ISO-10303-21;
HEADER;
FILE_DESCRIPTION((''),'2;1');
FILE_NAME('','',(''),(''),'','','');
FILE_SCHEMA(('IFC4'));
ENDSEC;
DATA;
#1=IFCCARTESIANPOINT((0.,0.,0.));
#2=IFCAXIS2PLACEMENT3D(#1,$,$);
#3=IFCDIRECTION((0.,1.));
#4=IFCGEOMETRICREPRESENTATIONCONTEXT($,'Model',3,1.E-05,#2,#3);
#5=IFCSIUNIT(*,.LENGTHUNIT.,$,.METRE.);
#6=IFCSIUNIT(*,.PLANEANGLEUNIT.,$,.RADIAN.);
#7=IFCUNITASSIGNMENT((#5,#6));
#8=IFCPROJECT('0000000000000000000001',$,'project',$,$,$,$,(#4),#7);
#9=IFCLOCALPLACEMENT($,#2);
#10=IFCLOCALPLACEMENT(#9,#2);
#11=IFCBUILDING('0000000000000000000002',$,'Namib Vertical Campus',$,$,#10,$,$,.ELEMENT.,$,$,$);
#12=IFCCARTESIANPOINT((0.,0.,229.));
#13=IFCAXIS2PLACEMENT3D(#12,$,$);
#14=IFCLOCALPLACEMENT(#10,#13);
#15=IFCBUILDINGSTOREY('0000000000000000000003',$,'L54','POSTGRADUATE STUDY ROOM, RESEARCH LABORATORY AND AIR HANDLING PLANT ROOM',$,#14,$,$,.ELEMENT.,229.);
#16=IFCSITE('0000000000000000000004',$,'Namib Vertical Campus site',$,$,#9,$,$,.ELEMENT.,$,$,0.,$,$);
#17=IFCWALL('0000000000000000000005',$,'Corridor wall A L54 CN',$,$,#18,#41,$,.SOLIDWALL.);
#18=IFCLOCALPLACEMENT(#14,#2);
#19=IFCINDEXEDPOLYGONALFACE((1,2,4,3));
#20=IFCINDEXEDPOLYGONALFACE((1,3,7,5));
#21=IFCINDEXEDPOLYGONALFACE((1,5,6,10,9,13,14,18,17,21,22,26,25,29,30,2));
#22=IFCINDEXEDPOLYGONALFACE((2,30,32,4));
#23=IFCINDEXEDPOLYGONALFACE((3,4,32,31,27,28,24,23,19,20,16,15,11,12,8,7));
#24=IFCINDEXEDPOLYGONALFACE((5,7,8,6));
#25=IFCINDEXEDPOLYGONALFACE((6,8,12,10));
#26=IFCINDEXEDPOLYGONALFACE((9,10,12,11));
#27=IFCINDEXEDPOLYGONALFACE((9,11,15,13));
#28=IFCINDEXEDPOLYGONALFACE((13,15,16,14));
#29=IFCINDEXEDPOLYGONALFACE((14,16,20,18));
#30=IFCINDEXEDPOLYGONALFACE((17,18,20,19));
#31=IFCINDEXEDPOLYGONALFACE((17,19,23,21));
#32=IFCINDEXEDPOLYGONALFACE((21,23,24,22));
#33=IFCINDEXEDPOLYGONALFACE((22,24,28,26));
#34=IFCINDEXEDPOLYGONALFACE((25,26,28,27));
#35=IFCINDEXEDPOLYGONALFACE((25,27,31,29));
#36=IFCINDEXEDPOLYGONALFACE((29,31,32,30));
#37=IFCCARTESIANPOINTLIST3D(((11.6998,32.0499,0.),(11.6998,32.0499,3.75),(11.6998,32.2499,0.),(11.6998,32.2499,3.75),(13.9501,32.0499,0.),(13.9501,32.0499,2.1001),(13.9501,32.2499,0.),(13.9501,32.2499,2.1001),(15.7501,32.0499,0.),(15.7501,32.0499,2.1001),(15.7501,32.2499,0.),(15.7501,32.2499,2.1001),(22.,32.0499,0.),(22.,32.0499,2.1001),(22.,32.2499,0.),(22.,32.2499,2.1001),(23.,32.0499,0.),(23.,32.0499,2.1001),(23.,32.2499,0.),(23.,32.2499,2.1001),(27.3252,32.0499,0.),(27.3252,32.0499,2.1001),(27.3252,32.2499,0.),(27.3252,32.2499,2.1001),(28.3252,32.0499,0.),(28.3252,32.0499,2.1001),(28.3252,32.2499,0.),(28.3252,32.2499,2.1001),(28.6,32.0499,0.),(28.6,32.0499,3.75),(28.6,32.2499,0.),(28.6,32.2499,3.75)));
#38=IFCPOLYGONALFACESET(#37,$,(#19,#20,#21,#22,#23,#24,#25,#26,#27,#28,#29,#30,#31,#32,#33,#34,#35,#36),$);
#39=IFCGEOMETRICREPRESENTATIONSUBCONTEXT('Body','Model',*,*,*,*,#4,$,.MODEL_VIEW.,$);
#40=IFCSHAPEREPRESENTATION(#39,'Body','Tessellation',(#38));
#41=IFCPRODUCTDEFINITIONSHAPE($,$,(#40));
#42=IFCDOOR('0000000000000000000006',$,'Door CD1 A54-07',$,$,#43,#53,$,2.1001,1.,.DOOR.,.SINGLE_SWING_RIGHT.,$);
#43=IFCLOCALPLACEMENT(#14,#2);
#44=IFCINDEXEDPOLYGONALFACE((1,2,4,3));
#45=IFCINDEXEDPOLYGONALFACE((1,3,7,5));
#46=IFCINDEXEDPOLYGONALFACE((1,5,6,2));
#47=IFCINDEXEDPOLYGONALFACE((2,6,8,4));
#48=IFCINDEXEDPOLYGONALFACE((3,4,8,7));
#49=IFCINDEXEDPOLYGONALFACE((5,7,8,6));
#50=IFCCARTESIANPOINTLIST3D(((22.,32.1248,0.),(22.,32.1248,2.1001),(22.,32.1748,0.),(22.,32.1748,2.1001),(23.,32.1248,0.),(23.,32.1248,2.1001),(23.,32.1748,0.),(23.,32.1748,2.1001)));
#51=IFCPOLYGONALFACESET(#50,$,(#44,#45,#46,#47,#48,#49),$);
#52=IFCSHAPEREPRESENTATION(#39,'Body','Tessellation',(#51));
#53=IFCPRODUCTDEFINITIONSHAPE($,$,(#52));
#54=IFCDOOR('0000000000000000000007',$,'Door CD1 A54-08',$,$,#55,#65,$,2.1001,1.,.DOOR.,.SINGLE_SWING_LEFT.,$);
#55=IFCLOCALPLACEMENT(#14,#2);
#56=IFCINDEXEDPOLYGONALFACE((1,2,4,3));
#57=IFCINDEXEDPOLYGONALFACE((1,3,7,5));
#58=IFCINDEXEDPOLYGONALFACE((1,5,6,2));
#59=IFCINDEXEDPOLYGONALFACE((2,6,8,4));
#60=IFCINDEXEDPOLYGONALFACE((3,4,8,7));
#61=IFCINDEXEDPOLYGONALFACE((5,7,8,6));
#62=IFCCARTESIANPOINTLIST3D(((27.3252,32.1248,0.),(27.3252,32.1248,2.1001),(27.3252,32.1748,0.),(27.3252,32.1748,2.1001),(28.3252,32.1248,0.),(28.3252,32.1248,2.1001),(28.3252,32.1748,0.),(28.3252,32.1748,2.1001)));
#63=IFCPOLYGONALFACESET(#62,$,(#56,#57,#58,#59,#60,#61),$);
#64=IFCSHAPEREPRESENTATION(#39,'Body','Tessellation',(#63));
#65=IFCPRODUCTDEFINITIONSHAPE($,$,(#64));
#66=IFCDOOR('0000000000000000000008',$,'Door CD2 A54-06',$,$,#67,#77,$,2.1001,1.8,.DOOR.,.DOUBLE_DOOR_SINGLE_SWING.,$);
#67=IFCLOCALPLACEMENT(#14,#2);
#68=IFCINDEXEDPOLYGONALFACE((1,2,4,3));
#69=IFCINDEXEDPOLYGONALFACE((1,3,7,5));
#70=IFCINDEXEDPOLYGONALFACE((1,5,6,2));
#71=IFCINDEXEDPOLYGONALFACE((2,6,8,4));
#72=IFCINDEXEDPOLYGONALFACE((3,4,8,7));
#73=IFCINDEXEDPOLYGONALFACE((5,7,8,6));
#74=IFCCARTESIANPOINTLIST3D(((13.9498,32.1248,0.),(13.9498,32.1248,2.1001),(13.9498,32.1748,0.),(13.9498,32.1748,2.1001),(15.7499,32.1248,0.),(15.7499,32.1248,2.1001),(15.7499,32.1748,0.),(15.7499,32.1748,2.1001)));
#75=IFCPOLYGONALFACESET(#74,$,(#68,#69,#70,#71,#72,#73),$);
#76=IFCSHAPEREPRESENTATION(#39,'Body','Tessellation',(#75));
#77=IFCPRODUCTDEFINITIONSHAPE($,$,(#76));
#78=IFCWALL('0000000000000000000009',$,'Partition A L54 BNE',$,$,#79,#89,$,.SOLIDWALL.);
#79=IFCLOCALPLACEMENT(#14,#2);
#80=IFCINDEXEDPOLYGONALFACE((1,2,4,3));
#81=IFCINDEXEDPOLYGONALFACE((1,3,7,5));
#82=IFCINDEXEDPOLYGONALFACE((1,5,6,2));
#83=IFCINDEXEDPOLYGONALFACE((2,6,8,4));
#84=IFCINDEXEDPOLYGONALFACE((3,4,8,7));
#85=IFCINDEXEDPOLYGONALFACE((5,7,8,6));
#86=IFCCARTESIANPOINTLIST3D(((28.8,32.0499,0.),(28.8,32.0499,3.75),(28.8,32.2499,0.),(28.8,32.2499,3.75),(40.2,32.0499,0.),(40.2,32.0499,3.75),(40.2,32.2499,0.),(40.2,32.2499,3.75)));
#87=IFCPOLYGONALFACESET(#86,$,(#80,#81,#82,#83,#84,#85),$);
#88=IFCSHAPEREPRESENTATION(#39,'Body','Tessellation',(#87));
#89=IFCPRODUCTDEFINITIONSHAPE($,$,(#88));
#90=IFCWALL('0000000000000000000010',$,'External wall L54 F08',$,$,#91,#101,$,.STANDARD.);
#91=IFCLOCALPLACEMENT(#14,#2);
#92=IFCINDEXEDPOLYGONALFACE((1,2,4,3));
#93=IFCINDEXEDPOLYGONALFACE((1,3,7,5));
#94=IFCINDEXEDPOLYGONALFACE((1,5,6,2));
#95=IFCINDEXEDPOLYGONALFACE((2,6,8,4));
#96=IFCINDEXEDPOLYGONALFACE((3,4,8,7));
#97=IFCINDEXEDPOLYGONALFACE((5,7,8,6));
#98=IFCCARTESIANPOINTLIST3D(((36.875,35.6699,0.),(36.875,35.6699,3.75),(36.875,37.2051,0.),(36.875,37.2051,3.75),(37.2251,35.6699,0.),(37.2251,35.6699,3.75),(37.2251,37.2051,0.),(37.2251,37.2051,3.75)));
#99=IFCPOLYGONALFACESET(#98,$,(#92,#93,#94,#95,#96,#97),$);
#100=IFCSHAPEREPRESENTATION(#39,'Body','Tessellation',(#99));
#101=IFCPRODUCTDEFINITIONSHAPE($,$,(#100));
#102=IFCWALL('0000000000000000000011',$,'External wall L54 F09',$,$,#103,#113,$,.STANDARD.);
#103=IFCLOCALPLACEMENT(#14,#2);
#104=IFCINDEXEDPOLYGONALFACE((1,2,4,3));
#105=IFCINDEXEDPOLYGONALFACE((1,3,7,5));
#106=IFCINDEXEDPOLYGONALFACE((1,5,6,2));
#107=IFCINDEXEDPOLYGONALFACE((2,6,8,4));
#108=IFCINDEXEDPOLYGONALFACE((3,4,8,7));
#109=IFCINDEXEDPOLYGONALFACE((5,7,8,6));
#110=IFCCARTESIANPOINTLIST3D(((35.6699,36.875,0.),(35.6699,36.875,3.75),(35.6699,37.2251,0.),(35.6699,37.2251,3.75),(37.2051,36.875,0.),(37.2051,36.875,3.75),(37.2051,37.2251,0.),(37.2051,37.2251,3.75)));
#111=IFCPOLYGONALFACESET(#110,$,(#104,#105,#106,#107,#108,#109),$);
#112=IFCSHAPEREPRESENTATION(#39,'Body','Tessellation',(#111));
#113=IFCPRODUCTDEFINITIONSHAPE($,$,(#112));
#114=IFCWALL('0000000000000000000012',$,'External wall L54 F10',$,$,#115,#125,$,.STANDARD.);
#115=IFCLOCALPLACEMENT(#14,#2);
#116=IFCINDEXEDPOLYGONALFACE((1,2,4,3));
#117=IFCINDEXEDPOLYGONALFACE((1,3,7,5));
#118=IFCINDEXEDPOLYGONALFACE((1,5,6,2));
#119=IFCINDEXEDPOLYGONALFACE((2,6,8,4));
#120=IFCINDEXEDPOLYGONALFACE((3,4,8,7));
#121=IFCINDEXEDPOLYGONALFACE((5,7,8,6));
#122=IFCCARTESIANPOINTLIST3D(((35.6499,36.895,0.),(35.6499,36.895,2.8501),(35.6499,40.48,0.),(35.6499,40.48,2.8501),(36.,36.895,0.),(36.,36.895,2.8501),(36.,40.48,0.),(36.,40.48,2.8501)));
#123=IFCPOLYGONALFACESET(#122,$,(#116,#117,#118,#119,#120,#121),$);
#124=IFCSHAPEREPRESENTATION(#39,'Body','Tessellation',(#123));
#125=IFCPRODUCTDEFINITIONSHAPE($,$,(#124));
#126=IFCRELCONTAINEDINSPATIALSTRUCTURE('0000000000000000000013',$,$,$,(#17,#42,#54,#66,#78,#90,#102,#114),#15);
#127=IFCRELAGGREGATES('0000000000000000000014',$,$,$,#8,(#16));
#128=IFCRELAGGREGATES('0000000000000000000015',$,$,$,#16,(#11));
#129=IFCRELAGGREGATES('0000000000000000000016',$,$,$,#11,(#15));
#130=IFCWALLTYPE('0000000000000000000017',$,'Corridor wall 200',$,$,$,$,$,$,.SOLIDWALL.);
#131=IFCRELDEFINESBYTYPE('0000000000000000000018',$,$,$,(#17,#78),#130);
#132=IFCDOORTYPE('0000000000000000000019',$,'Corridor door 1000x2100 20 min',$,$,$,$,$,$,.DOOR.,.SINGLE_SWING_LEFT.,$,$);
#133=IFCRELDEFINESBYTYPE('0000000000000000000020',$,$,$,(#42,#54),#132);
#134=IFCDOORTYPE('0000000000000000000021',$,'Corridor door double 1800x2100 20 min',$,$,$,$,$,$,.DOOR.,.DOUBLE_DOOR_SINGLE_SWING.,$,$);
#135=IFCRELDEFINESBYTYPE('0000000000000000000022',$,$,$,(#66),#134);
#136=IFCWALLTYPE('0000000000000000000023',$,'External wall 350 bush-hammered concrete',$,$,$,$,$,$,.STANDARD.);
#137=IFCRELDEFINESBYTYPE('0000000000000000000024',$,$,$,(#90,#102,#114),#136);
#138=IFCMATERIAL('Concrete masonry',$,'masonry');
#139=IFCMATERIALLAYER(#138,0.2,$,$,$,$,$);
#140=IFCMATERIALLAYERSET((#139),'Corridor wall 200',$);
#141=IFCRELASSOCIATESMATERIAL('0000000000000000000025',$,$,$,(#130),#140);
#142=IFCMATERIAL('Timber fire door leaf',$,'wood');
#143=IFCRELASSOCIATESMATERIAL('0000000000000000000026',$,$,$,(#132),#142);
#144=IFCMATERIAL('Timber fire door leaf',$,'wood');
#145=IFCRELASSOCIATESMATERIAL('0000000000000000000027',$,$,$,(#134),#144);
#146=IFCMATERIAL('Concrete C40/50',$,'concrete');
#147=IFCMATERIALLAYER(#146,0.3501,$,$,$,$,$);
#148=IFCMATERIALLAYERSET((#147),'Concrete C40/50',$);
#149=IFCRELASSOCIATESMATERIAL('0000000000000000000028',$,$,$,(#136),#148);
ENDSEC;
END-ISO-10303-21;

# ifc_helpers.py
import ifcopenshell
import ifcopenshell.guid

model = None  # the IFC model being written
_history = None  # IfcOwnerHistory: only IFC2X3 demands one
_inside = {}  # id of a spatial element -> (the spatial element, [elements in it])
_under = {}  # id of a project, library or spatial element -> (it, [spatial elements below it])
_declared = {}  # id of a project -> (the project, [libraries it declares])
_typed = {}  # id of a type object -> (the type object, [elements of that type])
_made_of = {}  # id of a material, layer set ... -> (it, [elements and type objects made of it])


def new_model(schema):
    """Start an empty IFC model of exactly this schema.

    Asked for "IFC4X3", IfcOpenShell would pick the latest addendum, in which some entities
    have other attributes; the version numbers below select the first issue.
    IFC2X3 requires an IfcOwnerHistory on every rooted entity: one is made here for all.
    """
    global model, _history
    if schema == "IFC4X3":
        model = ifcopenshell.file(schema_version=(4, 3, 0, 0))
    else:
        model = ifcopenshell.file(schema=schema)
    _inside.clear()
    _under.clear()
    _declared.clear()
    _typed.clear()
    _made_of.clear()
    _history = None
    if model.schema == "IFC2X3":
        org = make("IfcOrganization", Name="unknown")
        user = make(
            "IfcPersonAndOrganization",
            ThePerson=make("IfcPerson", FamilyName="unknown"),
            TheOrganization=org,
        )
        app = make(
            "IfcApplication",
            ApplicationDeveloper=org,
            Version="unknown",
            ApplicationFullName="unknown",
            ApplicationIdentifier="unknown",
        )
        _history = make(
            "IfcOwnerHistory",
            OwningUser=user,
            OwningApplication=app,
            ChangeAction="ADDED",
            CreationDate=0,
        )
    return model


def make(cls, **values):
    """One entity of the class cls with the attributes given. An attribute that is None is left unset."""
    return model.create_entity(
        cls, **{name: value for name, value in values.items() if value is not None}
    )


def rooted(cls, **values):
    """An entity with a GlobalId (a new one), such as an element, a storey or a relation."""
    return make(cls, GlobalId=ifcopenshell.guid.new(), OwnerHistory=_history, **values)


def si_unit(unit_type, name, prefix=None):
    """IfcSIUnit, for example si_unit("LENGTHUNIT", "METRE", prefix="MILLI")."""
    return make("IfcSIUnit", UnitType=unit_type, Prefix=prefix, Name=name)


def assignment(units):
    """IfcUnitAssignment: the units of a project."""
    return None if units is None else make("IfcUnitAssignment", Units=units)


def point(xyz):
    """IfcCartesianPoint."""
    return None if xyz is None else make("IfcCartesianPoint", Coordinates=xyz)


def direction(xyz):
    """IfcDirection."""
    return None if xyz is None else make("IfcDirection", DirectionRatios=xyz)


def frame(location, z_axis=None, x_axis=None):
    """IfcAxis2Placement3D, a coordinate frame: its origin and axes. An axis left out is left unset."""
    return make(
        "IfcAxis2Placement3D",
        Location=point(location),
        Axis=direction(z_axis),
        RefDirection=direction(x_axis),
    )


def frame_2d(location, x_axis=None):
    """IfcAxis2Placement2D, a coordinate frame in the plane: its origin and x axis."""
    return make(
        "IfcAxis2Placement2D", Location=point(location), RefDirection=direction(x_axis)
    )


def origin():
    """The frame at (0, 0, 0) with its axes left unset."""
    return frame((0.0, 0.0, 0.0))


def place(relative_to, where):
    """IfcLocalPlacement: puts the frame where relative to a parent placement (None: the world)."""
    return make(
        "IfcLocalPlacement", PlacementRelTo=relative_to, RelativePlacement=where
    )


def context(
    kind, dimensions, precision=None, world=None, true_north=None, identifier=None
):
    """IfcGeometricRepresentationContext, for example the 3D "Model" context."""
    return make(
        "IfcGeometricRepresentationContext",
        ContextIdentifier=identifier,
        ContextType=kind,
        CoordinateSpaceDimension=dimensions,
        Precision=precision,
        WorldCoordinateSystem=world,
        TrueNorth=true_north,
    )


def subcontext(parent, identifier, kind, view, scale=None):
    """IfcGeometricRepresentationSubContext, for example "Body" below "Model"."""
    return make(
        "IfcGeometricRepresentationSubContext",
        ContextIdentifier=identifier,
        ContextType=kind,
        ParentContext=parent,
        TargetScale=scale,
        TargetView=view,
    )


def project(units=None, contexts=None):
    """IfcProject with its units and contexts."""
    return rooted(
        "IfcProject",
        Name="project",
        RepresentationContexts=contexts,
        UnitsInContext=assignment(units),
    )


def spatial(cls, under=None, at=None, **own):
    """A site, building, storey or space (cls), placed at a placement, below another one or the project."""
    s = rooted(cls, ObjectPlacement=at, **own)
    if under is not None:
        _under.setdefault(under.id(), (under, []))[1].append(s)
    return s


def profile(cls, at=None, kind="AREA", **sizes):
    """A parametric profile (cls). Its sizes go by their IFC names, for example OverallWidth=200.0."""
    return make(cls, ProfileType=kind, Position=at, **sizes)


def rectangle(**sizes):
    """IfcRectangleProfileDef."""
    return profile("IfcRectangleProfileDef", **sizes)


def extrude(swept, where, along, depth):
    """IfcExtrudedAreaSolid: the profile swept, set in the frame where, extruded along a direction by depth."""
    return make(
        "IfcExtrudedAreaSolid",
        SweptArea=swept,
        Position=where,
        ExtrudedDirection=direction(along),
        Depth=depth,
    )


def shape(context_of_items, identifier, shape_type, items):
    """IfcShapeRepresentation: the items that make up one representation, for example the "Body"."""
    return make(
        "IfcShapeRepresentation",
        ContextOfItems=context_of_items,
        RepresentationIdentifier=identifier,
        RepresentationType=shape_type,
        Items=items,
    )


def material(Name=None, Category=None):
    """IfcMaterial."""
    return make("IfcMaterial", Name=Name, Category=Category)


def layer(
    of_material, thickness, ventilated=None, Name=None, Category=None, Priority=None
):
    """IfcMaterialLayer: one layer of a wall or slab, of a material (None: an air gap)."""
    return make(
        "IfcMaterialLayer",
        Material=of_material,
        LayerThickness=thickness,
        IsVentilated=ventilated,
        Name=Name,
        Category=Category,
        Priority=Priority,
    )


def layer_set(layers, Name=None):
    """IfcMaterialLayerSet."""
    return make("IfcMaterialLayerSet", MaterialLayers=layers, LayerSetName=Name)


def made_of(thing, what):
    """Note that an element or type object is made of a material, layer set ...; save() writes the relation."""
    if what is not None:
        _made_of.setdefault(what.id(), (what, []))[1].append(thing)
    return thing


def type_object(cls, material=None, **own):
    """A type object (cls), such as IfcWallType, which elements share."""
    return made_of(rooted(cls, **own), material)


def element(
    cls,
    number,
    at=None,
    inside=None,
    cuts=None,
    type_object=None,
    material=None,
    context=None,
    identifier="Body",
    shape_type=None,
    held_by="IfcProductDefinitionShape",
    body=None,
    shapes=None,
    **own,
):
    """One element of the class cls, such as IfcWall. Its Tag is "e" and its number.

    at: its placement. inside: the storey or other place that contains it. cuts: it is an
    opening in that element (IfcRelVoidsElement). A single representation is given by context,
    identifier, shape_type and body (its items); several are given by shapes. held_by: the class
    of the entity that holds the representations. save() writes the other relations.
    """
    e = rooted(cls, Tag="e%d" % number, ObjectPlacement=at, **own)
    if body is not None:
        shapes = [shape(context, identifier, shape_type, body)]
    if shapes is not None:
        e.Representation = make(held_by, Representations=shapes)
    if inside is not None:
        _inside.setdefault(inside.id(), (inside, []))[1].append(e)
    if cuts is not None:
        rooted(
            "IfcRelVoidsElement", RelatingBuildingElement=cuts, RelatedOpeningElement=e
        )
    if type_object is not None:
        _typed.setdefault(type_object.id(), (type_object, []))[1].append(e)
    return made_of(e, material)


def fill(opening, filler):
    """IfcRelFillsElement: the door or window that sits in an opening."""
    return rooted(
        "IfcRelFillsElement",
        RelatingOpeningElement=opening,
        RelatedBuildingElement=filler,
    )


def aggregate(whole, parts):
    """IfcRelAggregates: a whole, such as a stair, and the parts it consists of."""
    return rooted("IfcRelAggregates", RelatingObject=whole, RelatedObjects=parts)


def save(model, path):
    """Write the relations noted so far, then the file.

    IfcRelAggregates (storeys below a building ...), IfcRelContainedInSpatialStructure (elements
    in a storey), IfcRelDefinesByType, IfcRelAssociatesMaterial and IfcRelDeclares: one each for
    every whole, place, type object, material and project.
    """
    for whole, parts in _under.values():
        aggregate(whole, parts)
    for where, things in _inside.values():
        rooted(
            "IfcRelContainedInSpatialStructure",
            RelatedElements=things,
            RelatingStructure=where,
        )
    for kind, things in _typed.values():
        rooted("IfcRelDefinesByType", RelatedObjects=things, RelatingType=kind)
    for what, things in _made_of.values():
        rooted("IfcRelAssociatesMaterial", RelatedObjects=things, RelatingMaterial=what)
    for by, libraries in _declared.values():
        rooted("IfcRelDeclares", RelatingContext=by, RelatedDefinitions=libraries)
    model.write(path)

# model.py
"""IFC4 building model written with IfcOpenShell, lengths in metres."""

from ifc_helpers import new_model, si_unit, direction, frame, frame_2d, origin, place, context, subcontext, project, spatial, rectangle, extrude, material, layer, layer_set, type_object, element, fill, save


model = new_model("IFC4")

# Units and contexts
model_context = context("Model", 3, precision=1e-05, world=origin(), true_north=direction((0.0, 1.0)))
body_context = subcontext(model_context, "Body", "Model", "MODEL_VIEW")
ifc_project = project(units=[si_unit("LENGTHUNIT", "METRE"), si_unit("PLANEANGLEUNIT", "RADIAN")], contexts=[model_context])

# Site, building, storey
site_placement = place(None, origin())
site = spatial("IfcSite", under=ifc_project, at=site_placement, Name="Namib Vertical Campus site", CompositionType="ELEMENT", RefElevation=0.0)
building_placement = place(site_placement, origin())
building = spatial("IfcBuilding", under=site, at=building_placement, Name="Namib Vertical Campus", CompositionType="ELEMENT")
storey_placement = place(building_placement, frame((0.0, 0.0, 229.0)))
storey = spatial("IfcBuildingStorey", under=building, at=storey_placement, Name="L54", Description="POSTGRADUATE STUDY ROOM, RESEARCH LABORATORY AND AIR HANDLING PLANT ROOM", CompositionType="ELEMENT", Elevation=229.0)

# Wall, openings, doors
ifc_material_1 = material(Name="Concrete masonry", Category="masonry")
ifc_layer_1 = layer(ifc_material_1, 0.2)
ifc_layer_set_1 = layer_set([ifc_layer_1], Name="Corridor wall 200")
wall_type_1 = type_object("IfcWallType", Name="Corridor wall 200", PredefinedType="SOLIDWALL", material=ifc_layer_set_1)
wall_1_placement = place(storey_placement, frame((28.6001, 32.1499, 0.0), z_axis=(0.0, 0.0, 1.0), x_axis=(-1.0, 0.0, 0.0)))
wall_1 = element("IfcWall", 1, at=wall_1_placement, inside=storey, type_object=wall_type_1, Name="Corridor wall A L54 CN", PredefinedType="SOLIDWALL", context=body_context, shape_type="SweptSolid", body=[
    extrude(rectangle(XDim=16.9001, YDim=0.2, at=frame_2d((8.4502, 0.0))), origin(), (0.0, 0.0, 1.0), 3.75),
])
opening_1_placement = place(wall_1_placement, frame((12.8501, 0.0, 0.0)))
opening_1 = element("IfcOpeningElement", 2, at=opening_1_placement, cuts=wall_1, PredefinedType="OPENING", context=body_context, shape_type="SweptSolid", body=[
    extrude(rectangle(XDim=1.8, YDim=2.1001, at=frame_2d((0.8999, 1.05))), frame((0.0, 0.1099, 0.0), z_axis=(0.0, -1.0, 0.0), x_axis=(1.0, 0.0, 0.0)), (0.0, 0.0, 1.0), 0.22),
])
opening_2_placement = place(wall_1_placement, frame((5.6001, 0.0, 0.0)))
opening_2 = element("IfcOpeningElement", 3, at=opening_2_placement, cuts=wall_1, PredefinedType="OPENING", context=body_context, shape_type="SweptSolid", body=[
    extrude(rectangle(XDim=1.0, YDim=2.1001, at=frame_2d((0.5, 1.05))), frame((0.0, 0.1099, 0.0), z_axis=(0.0, -1.0, 0.0), x_axis=(1.0, 0.0, 0.0)), (0.0, 0.0, 1.0), 0.22),
])
opening_3_placement = place(wall_1_placement, frame((0.2749, 0.0, 0.0)))
opening_3 = element("IfcOpeningElement", 4, at=opening_3_placement, cuts=wall_1, PredefinedType="OPENING", context=body_context, shape_type="SweptSolid", body=[
    extrude(rectangle(XDim=1.0, YDim=2.1001, at=frame_2d((0.5, 1.05))), frame((0.0, 0.1099, 0.0), z_axis=(0.0, -1.0, 0.0), x_axis=(1.0, 0.0, 0.0)), (0.0, 0.0, 1.0), 0.22),
])
ifc_material_2 = material(Name="Timber fire door leaf", Category="wood")
door_type_1 = type_object("IfcDoorType", Name="Corridor door 1000x2100 20 min", OperationType="SINGLE_SWING_LEFT", PredefinedType="DOOR", material=ifc_material_2)
door_1_placement = place(opening_2_placement, frame((1.0, 0.0, 0.0), z_axis=(0.0, 0.0, 1.0), x_axis=(-1.0, 0.0, 0.0)))
door_1 = element("IfcDoor", 5, at=door_1_placement, inside=storey, type_object=door_type_1, Name="Door CD1 A54-07", OperationType="SINGLE_SWING_RIGHT", OverallHeight=2.1001, OverallWidth=1.0, PredefinedType="DOOR", context=body_context, shape_type="SweptSolid", body=[
    extrude(rectangle(XDim=1.0, YDim=2.1001, at=frame_2d((0.5, 1.05))), frame((0.0, 0.0249, 0.0), z_axis=(0.0, -1.0, 0.0), x_axis=(1.0, 0.0, 0.0)), (0.0, 0.0, 1.0), 0.05),
])
fill(opening_2, door_1)
door_2_placement = place(opening_3_placement, frame((1.0, 0.0, 0.0), z_axis=(0.0, 0.0, 1.0), x_axis=(-1.0, 0.0, 0.0)))
door_2 = element("IfcDoor", 6, at=door_2_placement, inside=storey, type_object=door_type_1, Name="Door CD1 A54-08", OperationType="SINGLE_SWING_LEFT", OverallHeight=2.1001, OverallWidth=1.0, PredefinedType="DOOR", context=body_context, shape_type="SweptSolid", body=[
    extrude(rectangle(XDim=1.0, YDim=2.1001, at=frame_2d((0.5, 1.05))), frame((0.0, 0.0249, 0.0), z_axis=(0.0, -1.0, 0.0), x_axis=(1.0, 0.0, 0.0)), (0.0, 0.0, 1.0), 0.05),
])
fill(opening_3, door_2)
ifc_material_3 = material(Name="Timber fire door leaf", Category="wood")
door_type_2 = type_object("IfcDoorType", Name="Corridor door double 1800x2100 20 min", OperationType="DOUBLE_DOOR_SINGLE_SWING", PredefinedType="DOOR", material=ifc_material_3)
door_3_placement = place(opening_1_placement, frame((1.8, 0.0, 0.0), z_axis=(0.0, 0.0, 1.0), x_axis=(-1.0, 0.0, 0.0)))
door_3 = element("IfcDoor", 7, at=door_3_placement, inside=storey, type_object=door_type_2, Name="Door CD2 A54-06", OperationType="DOUBLE_DOOR_SINGLE_SWING", OverallHeight=2.1001, OverallWidth=1.8, PredefinedType="DOOR", context=body_context, shape_type="SweptSolid", body=[
    extrude(rectangle(XDim=1.8, YDim=2.1001, at=frame_2d((0.8999, 1.05))), frame((0.0, 0.0249, 0.0), z_axis=(0.0, -1.0, 0.0), x_axis=(1.0, 0.0, 0.0)), (0.0, 0.0, 1.0), 0.05),
])
fill(opening_1, door_3)

# Walls
wall_2_placement = place(storey_placement, frame((28.8, 32.1499, 0.0), z_axis=(0.0, 0.0, 1.0), x_axis=(1.0, 0.0, 0.0)))
element("IfcWall", 8, at=wall_2_placement, inside=storey, type_object=wall_type_1, Name="Partition A L54 BNE", PredefinedType="SOLIDWALL", context=body_context, shape_type="SweptSolid", body=[
    extrude(rectangle(XDim=11.3999, YDim=0.2, at=frame_2d((5.7, 0.0))), origin(), (0.0, 0.0, 1.0), 3.75),
])
ifc_material_4 = material(Name="Concrete C40/50", Category="concrete")
ifc_layer_2 = layer(ifc_material_4, 0.3501)
ifc_layer_set_2 = layer_set([ifc_layer_2], Name="Concrete C40/50")
wall_type_2 = type_object("IfcWallType", Name="External wall 350 bush-hammered concrete", PredefinedType="STANDARD", material=ifc_layer_set_2)
for number, where, z_axis, x_axis, name in (
    (9, (37.05, 35.6699, 0.0), (0.0, 0.0, 1.0), (0.0, 1.0, 0.0), "External wall L54 F08"),
    (10, (37.2051, 37.05, 0.0), (0.0, 0.0, 1.0), (-1.0, 0.0, 0.0), "External wall L54 F09"),
):
    element("IfcWall", number, at=place(storey_placement, frame(where, z_axis=z_axis, x_axis=x_axis)), inside=storey, type_object=wall_type_2, Name=name, PredefinedType="STANDARD", context=body_context, shape_type="SweptSolid", body=[
        extrude(rectangle(XDim=1.5352, YDim=0.3501, at=frame_2d((0.7676, 0.0))), origin(), (0.0, 0.0, 1.0), 3.75),
    ])
wall_3_placement = place(storey_placement, frame((35.825, 36.895, 0.0), z_axis=(0.0, 0.0, 1.0), x_axis=(0.0, 1.0, 0.0)))
element("IfcWall", 11, at=wall_3_placement, inside=storey, type_object=wall_type_2, Name="External wall L54 F10", PredefinedType="STANDARD", context=body_context, shape_type="SweptSolid", body=[
    extrude(rectangle(XDim=3.585, YDim=0.3501, at=frame_2d((1.7925, 0.0))), origin(), (0.0, 0.0, 1.0), 2.8501),
])

save(model, "model.ifc")
